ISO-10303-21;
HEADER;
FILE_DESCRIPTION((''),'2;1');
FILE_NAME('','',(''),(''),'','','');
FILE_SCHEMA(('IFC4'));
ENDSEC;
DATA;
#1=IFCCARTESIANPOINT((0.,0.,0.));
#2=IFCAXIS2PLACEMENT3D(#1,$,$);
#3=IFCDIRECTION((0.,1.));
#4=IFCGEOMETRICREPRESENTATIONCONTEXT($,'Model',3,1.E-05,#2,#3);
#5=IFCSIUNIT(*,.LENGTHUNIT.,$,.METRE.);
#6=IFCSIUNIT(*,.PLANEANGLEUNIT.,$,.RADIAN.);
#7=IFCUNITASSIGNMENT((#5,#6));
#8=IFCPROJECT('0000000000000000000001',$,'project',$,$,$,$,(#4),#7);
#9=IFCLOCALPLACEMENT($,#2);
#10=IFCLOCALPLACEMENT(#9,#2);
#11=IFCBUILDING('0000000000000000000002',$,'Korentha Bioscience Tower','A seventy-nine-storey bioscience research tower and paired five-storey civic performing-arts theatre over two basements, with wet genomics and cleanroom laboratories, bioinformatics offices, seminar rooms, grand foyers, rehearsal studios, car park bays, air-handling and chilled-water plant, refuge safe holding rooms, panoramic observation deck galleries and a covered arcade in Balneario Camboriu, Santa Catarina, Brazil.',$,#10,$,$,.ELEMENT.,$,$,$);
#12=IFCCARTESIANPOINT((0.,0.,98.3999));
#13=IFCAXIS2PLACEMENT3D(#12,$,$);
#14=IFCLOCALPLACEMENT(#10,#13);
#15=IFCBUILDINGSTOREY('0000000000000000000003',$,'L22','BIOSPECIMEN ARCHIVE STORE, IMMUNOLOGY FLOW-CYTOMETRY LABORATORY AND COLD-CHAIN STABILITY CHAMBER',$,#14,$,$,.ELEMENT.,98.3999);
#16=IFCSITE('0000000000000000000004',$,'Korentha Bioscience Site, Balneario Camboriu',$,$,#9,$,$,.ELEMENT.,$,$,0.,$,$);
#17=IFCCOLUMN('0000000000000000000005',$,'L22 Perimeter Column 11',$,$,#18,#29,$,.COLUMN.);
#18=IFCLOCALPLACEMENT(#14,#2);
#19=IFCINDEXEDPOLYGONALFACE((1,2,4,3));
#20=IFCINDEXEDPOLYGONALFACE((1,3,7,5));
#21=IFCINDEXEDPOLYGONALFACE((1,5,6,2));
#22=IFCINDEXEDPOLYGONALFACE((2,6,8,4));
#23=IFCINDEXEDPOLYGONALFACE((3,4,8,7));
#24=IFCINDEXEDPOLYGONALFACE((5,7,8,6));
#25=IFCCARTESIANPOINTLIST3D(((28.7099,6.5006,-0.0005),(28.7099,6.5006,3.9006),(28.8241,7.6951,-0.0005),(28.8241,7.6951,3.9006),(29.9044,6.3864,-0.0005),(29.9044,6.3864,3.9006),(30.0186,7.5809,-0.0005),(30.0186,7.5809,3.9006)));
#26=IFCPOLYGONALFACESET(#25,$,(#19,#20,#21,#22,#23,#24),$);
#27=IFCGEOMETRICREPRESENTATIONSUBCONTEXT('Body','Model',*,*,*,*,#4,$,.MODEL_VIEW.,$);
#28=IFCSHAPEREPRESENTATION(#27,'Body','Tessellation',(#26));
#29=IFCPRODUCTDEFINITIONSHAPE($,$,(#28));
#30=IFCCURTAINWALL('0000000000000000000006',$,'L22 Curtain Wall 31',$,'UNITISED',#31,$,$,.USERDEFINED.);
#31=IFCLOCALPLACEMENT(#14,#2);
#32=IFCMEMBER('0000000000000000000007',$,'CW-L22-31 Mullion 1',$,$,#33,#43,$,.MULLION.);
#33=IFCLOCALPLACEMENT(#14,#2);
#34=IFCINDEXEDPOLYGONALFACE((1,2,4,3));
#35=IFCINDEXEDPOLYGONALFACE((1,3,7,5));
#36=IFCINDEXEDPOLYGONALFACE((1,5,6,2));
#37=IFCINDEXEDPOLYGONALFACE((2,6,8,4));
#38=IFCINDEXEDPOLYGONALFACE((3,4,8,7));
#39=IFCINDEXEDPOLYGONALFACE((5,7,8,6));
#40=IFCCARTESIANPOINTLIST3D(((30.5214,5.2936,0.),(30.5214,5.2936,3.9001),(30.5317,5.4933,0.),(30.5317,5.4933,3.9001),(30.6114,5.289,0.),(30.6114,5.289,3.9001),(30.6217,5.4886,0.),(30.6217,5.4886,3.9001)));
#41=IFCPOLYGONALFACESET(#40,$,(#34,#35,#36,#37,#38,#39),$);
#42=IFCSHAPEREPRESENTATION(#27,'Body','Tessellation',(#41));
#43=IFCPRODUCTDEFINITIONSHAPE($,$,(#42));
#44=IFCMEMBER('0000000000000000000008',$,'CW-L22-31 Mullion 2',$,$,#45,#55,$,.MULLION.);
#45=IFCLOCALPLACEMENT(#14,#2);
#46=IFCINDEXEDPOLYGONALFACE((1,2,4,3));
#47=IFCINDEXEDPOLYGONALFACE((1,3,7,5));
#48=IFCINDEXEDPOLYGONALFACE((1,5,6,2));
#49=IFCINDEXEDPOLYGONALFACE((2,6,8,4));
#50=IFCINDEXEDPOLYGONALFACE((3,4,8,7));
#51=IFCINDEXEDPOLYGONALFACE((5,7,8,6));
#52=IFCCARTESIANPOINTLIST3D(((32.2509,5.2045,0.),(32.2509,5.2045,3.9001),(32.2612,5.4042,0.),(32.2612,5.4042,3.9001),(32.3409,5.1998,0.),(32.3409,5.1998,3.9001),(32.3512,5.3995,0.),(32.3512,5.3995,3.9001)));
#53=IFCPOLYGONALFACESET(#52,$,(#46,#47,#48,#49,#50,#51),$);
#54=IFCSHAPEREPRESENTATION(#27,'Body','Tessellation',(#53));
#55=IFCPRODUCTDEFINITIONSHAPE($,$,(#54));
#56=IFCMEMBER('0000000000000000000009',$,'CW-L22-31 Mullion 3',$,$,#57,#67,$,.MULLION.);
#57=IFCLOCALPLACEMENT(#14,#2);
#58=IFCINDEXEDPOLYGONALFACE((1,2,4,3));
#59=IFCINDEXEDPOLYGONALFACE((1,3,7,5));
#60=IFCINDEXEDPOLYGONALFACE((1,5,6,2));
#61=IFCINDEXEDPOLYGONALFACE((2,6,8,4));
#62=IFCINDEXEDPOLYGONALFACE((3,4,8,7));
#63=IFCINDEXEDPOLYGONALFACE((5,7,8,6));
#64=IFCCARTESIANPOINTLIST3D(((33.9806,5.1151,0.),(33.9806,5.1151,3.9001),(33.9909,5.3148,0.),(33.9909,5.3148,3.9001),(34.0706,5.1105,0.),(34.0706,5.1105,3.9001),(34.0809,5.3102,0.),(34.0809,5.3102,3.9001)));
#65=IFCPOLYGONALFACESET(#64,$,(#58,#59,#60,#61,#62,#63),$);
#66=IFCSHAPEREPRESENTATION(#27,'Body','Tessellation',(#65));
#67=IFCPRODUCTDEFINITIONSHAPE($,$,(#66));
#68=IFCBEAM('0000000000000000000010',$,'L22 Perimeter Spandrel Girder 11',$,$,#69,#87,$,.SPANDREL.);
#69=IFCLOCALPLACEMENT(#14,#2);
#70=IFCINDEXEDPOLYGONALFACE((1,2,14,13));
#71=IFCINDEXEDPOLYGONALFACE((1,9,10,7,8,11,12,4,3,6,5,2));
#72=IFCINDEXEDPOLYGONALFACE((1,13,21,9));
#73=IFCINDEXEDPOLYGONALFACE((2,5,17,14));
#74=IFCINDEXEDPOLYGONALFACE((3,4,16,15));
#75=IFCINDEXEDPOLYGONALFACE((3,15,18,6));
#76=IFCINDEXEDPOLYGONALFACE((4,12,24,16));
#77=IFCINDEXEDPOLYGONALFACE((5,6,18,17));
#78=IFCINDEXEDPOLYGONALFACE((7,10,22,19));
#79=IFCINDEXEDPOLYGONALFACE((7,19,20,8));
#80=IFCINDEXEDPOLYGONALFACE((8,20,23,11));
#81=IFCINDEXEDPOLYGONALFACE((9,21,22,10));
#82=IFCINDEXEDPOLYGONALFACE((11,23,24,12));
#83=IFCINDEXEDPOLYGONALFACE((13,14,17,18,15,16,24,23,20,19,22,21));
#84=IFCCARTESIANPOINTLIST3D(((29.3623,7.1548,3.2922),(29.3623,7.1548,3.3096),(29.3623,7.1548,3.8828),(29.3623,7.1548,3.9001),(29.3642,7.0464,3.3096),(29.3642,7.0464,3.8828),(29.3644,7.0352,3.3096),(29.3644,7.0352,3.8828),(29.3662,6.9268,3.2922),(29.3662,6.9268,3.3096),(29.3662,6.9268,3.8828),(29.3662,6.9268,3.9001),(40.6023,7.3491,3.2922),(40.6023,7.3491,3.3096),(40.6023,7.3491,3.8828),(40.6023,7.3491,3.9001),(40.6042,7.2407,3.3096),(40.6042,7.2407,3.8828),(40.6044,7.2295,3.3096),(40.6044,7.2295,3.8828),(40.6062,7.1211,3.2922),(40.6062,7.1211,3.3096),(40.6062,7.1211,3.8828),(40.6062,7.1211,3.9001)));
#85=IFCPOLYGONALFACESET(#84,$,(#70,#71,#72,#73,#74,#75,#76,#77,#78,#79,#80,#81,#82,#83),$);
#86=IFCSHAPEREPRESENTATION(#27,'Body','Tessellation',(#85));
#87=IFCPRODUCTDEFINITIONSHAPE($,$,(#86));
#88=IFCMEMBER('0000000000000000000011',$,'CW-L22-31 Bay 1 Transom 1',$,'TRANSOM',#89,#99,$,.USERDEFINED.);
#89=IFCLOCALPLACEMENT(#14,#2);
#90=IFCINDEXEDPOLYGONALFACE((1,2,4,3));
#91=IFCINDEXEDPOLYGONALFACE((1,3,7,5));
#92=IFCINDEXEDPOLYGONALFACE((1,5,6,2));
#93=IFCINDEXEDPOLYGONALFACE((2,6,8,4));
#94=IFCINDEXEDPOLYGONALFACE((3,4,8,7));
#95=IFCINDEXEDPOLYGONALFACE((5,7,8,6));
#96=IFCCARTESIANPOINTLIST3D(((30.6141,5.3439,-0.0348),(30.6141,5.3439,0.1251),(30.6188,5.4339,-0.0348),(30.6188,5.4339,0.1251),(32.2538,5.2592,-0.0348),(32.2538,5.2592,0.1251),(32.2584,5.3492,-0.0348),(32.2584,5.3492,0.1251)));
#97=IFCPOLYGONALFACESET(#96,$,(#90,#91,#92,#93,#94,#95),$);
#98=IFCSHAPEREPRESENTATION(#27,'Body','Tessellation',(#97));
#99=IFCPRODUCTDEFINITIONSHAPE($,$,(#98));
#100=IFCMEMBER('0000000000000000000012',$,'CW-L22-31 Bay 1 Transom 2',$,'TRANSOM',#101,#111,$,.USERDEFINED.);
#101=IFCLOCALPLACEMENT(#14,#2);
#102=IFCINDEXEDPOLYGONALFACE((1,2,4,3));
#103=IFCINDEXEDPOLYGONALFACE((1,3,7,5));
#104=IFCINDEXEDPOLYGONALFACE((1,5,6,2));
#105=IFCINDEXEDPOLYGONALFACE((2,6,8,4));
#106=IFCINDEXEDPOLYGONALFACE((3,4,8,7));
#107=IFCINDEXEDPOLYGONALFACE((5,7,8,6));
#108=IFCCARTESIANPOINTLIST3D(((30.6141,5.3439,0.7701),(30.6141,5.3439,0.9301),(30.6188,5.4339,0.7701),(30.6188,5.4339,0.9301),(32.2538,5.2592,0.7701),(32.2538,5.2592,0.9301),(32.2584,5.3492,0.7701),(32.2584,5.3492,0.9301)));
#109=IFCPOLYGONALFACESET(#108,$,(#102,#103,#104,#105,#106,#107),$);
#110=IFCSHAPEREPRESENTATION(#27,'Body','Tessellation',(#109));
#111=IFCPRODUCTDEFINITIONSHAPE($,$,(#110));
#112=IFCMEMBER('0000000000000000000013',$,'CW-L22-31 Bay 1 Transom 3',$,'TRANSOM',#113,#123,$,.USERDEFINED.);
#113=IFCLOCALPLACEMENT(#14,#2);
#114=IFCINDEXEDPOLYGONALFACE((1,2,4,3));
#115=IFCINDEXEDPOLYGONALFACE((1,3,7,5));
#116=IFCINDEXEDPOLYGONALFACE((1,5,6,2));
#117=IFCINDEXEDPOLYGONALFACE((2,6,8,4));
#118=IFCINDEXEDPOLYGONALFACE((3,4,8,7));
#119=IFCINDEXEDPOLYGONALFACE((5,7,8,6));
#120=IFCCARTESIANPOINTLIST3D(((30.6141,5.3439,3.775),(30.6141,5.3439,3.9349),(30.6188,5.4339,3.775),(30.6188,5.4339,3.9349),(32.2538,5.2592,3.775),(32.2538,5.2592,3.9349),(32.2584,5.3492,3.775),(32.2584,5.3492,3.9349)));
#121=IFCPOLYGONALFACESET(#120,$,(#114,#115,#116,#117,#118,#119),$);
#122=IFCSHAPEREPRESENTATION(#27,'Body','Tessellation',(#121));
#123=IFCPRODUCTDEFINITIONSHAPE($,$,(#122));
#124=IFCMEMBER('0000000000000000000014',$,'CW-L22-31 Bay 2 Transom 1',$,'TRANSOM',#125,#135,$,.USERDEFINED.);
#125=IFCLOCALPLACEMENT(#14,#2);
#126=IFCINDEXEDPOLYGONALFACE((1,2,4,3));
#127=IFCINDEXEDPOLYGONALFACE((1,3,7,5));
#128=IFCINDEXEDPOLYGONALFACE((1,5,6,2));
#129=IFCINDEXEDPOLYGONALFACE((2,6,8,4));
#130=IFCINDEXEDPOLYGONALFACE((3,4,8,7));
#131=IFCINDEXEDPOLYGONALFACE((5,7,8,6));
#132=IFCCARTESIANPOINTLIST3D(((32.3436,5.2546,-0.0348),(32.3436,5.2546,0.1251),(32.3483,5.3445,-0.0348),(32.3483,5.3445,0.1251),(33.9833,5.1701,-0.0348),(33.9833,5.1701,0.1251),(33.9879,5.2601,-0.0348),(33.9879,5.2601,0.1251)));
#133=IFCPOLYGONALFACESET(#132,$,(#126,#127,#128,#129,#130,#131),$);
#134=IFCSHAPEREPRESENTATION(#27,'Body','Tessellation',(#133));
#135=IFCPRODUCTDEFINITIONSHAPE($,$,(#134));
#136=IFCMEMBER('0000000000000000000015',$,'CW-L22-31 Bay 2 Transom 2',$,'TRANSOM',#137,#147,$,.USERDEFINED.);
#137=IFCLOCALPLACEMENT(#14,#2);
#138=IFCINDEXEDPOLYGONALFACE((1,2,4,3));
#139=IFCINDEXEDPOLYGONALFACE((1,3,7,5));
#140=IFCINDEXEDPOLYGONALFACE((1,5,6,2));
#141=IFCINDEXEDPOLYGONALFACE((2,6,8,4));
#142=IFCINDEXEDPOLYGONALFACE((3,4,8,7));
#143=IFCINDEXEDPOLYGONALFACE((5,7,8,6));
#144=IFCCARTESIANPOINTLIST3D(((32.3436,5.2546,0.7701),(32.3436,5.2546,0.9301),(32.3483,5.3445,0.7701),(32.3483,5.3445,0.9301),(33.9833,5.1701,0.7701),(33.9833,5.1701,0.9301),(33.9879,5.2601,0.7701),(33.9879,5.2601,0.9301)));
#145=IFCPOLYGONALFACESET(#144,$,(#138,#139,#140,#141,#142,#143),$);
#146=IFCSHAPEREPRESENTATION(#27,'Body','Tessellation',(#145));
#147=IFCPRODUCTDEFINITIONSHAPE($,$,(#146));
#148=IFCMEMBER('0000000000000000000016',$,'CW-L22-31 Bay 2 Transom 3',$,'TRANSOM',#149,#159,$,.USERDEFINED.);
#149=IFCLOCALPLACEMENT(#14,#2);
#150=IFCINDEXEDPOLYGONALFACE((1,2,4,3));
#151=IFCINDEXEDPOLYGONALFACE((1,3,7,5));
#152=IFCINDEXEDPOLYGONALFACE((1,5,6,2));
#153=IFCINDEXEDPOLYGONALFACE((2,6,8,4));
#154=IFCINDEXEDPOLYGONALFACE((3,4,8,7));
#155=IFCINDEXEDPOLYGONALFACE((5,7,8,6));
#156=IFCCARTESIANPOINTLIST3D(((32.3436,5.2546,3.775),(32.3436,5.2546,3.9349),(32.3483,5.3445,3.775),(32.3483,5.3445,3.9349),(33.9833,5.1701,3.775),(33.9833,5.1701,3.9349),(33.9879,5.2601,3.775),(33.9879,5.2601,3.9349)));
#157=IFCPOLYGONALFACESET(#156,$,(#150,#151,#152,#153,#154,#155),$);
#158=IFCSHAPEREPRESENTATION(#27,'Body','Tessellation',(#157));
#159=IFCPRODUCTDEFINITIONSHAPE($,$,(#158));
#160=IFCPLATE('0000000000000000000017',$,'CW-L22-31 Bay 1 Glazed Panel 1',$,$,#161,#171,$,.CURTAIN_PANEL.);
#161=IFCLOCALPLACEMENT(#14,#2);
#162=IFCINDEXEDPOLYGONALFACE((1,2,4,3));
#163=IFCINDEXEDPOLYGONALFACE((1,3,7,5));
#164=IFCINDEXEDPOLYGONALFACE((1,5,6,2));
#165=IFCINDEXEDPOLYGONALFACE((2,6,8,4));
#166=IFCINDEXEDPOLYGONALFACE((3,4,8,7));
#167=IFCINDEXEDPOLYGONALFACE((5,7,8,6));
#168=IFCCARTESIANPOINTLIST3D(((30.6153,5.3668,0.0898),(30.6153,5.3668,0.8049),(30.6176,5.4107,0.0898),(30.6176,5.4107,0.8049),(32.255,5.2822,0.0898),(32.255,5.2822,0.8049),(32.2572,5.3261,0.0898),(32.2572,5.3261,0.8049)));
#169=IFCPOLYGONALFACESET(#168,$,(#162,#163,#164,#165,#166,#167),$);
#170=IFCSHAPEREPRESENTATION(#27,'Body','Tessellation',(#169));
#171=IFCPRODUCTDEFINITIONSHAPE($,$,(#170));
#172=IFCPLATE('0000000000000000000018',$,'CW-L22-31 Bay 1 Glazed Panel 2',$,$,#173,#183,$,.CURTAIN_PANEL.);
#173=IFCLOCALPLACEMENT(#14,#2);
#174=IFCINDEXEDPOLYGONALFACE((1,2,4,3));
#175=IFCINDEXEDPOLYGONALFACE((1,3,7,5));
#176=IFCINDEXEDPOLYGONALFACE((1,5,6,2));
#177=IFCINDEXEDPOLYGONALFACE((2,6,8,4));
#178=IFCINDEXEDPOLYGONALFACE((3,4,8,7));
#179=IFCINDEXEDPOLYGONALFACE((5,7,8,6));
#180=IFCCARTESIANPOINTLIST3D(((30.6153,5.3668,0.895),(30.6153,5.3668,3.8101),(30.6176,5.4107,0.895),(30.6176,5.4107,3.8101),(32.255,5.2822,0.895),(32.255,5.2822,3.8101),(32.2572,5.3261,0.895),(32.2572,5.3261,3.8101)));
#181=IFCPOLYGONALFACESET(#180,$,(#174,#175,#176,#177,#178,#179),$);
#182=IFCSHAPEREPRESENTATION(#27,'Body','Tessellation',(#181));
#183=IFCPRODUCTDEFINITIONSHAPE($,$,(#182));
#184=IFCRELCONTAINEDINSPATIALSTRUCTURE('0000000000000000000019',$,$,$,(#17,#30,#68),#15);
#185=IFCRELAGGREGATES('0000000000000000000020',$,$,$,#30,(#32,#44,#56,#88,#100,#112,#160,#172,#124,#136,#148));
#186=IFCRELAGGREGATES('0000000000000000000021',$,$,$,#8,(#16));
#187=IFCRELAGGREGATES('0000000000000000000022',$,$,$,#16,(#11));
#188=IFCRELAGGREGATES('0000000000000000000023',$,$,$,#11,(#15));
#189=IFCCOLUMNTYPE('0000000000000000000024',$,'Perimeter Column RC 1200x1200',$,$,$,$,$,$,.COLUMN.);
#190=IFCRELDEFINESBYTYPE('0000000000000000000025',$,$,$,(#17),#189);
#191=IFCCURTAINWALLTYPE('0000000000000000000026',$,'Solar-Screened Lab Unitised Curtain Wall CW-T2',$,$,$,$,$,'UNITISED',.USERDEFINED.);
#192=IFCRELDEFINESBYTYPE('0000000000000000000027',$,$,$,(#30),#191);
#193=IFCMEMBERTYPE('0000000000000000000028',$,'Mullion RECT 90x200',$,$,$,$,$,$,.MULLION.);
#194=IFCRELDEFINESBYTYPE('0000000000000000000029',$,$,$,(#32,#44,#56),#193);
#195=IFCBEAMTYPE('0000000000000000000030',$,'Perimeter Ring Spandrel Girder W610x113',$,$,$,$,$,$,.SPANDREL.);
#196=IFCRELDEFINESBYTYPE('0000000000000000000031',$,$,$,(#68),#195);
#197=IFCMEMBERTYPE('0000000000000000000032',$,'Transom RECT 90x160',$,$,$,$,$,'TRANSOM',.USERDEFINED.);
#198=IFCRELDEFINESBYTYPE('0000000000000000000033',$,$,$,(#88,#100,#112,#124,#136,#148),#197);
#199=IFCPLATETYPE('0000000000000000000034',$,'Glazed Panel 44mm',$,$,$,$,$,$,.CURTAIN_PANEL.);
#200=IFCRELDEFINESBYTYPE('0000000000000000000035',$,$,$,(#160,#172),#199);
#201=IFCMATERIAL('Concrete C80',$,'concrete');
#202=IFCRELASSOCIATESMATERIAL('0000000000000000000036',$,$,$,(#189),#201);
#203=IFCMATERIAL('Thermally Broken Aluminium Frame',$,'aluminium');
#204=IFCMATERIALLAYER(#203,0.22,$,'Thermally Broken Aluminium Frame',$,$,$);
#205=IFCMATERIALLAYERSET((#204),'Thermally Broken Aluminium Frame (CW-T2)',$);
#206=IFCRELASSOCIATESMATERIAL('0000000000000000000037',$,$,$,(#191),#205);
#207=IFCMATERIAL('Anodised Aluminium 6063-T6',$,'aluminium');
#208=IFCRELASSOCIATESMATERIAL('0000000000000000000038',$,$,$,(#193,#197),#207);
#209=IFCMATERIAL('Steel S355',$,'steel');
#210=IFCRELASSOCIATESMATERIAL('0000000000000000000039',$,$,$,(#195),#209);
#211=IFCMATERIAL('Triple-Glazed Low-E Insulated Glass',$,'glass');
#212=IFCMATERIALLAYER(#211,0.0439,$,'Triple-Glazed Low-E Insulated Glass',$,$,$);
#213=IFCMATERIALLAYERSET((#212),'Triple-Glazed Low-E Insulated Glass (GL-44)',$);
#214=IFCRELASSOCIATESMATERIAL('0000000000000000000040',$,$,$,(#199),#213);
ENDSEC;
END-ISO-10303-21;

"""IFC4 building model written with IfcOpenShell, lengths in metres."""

from ifc_helpers import new_model, si_unit, direction, frame, origin, origin_2d, place, context, subcontext, project, spatial, rectangle, i_section, extrude, material, layer, layer_set, material_profile, profile_set, type_object, element, aggregate, save


model = new_model("IFC4")

# Units and contexts
model_context = context("Model", 3, precision=1e-05, world=origin(), true_north=direction((0.0, 1.0)))
body_context = subcontext(model_context, "Body", "Model", "MODEL_VIEW")
ifc_project = project(units=[si_unit("LENGTHUNIT", "METRE"), si_unit("PLANEANGLEUNIT", "RADIAN")], contexts=[model_context])

# Site, building, storey
site_placement = place(None, origin())
site = spatial("IfcSite", under=ifc_project, at=site_placement, Name="Korentha Bioscience Site, Balneario Camboriu", CompositionType="ELEMENT", RefElevation=0.0)
building_placement = place(site_placement, origin())
building = spatial("IfcBuilding", under=site, at=building_placement, Name="Korentha Bioscience Tower", Description="A seventy-nine-storey bioscience research tower and paired five-storey civic performing-arts theatre over two basements, with wet genomics and cleanroom laboratories, bioinformatics offices, seminar rooms, grand foyers, rehearsal studios, car park bays, air-handling and chilled-water plant, refuge safe holding rooms, panoramic observation deck galleries and a covered arcade in Balneario Camboriu, Santa Catarina, Brazil.", CompositionType="ELEMENT")
storey_placement = place(building_placement, frame((0.0, 0.0, 98.3999)))
storey = spatial("IfcBuildingStorey", under=building, at=storey_placement, Name="L22", Description="BIOSPECIMEN ARCHIVE STORE, IMMUNOLOGY FLOW-CYTOMETRY LABORATORY AND COLD-CHAIN STABILITY CHAMBER", CompositionType="ELEMENT", Elevation=98.3999)

# Column
ifc_material_1 = material(Name="Concrete C80", Category="concrete")
ifc_material_profile_1 = material_profile(ifc_material_1, rectangle(XDim=1.2, YDim=1.2, at=origin_2d()), Name="Concrete C80")
ifc_profile_set_1 = profile_set([ifc_material_profile_1], Name="Concrete C80 (COL-P12)")
column_type = type_object("IfcColumnType", Name="Perimeter Column RC 1200x1200", PredefinedType="COLUMN", material=ifc_profile_set_1)
column_placement = place(storey_placement, frame((29.3643, 7.0408, -0.0005), z_axis=(0.0, 0.0, 1.0), x_axis=(-0.995463, 0.095151, 0.0)))
element("IfcColumn", 1, at=column_placement, inside=storey, type_object=column_type, Name="L22 Perimeter Column 11", PredefinedType="COLUMN", context=body_context, shape_type="SweptSolid", body=[
    extrude(rectangle(XDim=1.2, YDim=1.2, at=origin_2d()), origin(), (0.0, 0.0, 1.0), 3.9011),
])

# Curtain wall, members
ifc_material_2 = material(Name="Thermally Broken Aluminium Frame", Category="aluminium")
ifc_layer_1 = layer(ifc_material_2, 0.22, Name="Thermally Broken Aluminium Frame")
ifc_layer_set_1 = layer_set([ifc_layer_1], Name="Thermally Broken Aluminium Frame (CW-T2)")
curtain_wall_type = type_object("IfcCurtainWallType", Name="Solar-Screened Lab Unitised Curtain Wall CW-T2", ElementType="UNITISED", PredefinedType="USERDEFINED", material=ifc_layer_set_1)
curtain_wall_placement = place(storey_placement, origin())
curtain_wall = element("IfcCurtainWall", 2, at=curtain_wall_placement, inside=storey, type_object=curtain_wall_type, Name="L22 Curtain Wall 31", ObjectType="UNITISED", PredefinedType="USERDEFINED")
ifc_material_3 = material(Name="Anodised Aluminium 6063-T6", Category="aluminium")
ifc_material_profile_2 = material_profile(ifc_material_3, rectangle(XDim=0.0901, YDim=0.2, at=origin_2d()), Name="Anodised Aluminium 6063-T6")
ifc_profile_set_2 = profile_set([ifc_material_profile_2], Name="Anodised Aluminium 6063-T6 (CW-MUL)")
member_type_1 = type_object("IfcMemberType", Name="Mullion RECT 90x200", PredefinedType="MULLION", material=ifc_profile_set_2)
member_1_placement = place(storey_placement, frame((30.5715, 5.3911, 0.0), z_axis=(0.0, 0.0, 1.0), x_axis=(0.998673, -0.051495, 0.0)))
member_1 = element("IfcMember", 3, at=member_1_placement, type_object=member_type_1, Name="CW-L22-31 Mullion 1", PredefinedType="MULLION", context=body_context, shape_type="SweptSolid", body=[
    extrude(rectangle(XDim=0.0901, YDim=0.2, at=origin_2d()), origin(), (0.0, 0.0, 1.0), 3.9001),
])
member_2_placement = place(storey_placement, frame((32.301, 5.302, 0.0), z_axis=(0.0, 0.0, 1.0), x_axis=(0.998673, -0.051495, 0.0)))
member_2 = element("IfcMember", 4, at=member_2_placement, type_object=member_type_1, Name="CW-L22-31 Mullion 2", PredefinedType="MULLION", context=body_context, shape_type="SweptSolid", body=[
    extrude(rectangle(XDim=0.0901, YDim=0.2, at=origin_2d()), origin(), (0.0, 0.0, 1.0), 3.9001),
])
member_3_placement = place(storey_placement, frame((34.0308, 5.2126, 0.0), z_axis=(0.0, 0.0, 1.0), x_axis=(0.998673, -0.051495, 0.0)))
member_3 = element("IfcMember", 5, at=member_3_placement, type_object=member_type_1, Name="CW-L22-31 Mullion 3", PredefinedType="MULLION", context=body_context, shape_type="SweptSolid", body=[
    extrude(rectangle(XDim=0.0901, YDim=0.2, at=origin_2d()), origin(), (0.0, 0.0, 1.0), 3.9001),
])

# Beam
ifc_material_4 = material(Name="Steel S355", Category="steel")
ifc_material_profile_3 = material_profile(ifc_material_4, i_section(OverallWidth=0.228, OverallDepth=0.6079, WebThickness=0.0112, FlangeThickness=0.0173, at=origin_2d()), Name="Steel S355")
ifc_profile_set_3 = profile_set([ifc_material_profile_3], Name="Steel S355 (SB-610)")
beam_type = type_object("IfcBeamType", Name="Perimeter Ring Spandrel Girder W610x113", PredefinedType="SPANDREL", material=ifc_profile_set_3)
beam_placement = place(storey_placement, frame((29.3643, 7.0408, 3.5962), z_axis=(0.999851, 0.017287, 0.0), x_axis=(-0.017287, 0.999851, 0.0)))
element("IfcBeam", 6, at=beam_placement, inside=storey, type_object=beam_type, Name="L22 Perimeter Spandrel Girder 11", PredefinedType="SPANDREL", context=body_context, shape_type="SweptSolid", body=[
    extrude(i_section(OverallWidth=0.228, OverallDepth=0.6079, WebThickness=0.0112, FlangeThickness=0.0173, at=origin_2d()), origin(), (0.0, 0.0, 1.0), 11.2417),
])

# Members
ifc_material_profile_4 = material_profile(ifc_material_3, rectangle(XDim=0.0901, YDim=0.1599, at=origin_2d()), Name="Anodised Aluminium 6063-T6")
ifc_profile_set_4 = profile_set([ifc_material_profile_4], Name="Anodised Aluminium 6063-T6 (CW-TRN)")
member_type_2 = type_object("IfcMemberType", Name="Transom RECT 90x160", ElementType="TRANSOM", PredefinedType="USERDEFINED", material=ifc_profile_set_4)
member_4_placement = place(storey_placement, frame((30.6165, 5.3889, 0.0452), z_axis=(0.998668, -0.051599, 0.0), x_axis=(0.051599, 0.998668, 0.0)))
member_4 = element("IfcMember", 7, at=member_4_placement, type_object=member_type_2, Name="CW-L22-31 Bay 1 Transom 1", ObjectType="TRANSOM", PredefinedType="USERDEFINED", context=body_context, shape_type="SweptSolid", body=[
    extrude(rectangle(XDim=0.0901, YDim=0.1599, at=origin_2d()), origin(), (0.0, 0.0, 1.0), 1.6418),
])
member_5_placement = place(storey_placement, frame((30.6165, 5.3889, 0.8501), z_axis=(0.998668, -0.051599, 0.0), x_axis=(0.051599, 0.998668, 0.0)))
member_5 = element("IfcMember", 8, at=member_5_placement, type_object=member_type_2, Name="CW-L22-31 Bay 1 Transom 2", ObjectType="TRANSOM", PredefinedType="USERDEFINED", context=body_context, shape_type="SweptSolid", body=[
    extrude(rectangle(XDim=0.0901, YDim=0.1599, at=origin_2d()), origin(), (0.0, 0.0, 1.0), 1.6418),
])
member_6_placement = place(storey_placement, frame((30.6165, 5.3889, 3.855), z_axis=(0.998668, -0.051599, 0.0), x_axis=(0.051599, 0.998668, 0.0)))
member_6 = element("IfcMember", 9, at=member_6_placement, type_object=member_type_2, Name="CW-L22-31 Bay 1 Transom 3", ObjectType="TRANSOM", PredefinedType="USERDEFINED", context=body_context, shape_type="SweptSolid", body=[
    extrude(rectangle(XDim=0.0901, YDim=0.1599, at=origin_2d()), origin(), (0.0, 0.0, 1.0), 1.6418),
])
member_7_placement = place(storey_placement, frame((32.3459, 5.2996, 0.0452), z_axis=(0.998676, -0.051451, 0.0), x_axis=(0.051451, 0.998676, 0.0)))
member_7 = element("IfcMember", 10, at=member_7_placement, type_object=member_type_2, Name="CW-L22-31 Bay 2 Transom 1", ObjectType="TRANSOM", PredefinedType="USERDEFINED", context=body_context, shape_type="SweptSolid", body=[
    extrude(rectangle(XDim=0.0901, YDim=0.1599, at=origin_2d()), origin(), (0.0, 0.0, 1.0), 1.6418),
])
member_8_placement = place(storey_placement, frame((32.3459, 5.2996, 0.8501), z_axis=(0.998676, -0.051451, 0.0), x_axis=(0.051451, 0.998676, 0.0)))
member_8 = element("IfcMember", 11, at=member_8_placement, type_object=member_type_2, Name="CW-L22-31 Bay 2 Transom 2", ObjectType="TRANSOM", PredefinedType="USERDEFINED", context=body_context, shape_type="SweptSolid", body=[
    extrude(rectangle(XDim=0.0901, YDim=0.1599, at=origin_2d()), origin(), (0.0, 0.0, 1.0), 1.6418),
])
member_9_placement = place(storey_placement, frame((32.3459, 5.2996, 3.855), z_axis=(0.998676, -0.051451, 0.0), x_axis=(0.051451, 0.998676, 0.0)))
member_9 = element("IfcMember", 12, at=member_9_placement, type_object=member_type_2, Name="CW-L22-31 Bay 2 Transom 3", ObjectType="TRANSOM", PredefinedType="USERDEFINED", context=body_context, shape_type="SweptSolid", body=[
    extrude(rectangle(XDim=0.0901, YDim=0.1599, at=origin_2d()), origin(), (0.0, 0.0, 1.0), 1.6418),
])

# Plates
ifc_material_5 = material(Name="Triple-Glazed Low-E Insulated Glass", Category="glass")
ifc_layer_2 = layer(ifc_material_5, 0.0439, Name="Triple-Glazed Low-E Insulated Glass")
ifc_layer_set_2 = layer_set([ifc_layer_2], Name="Triple-Glazed Low-E Insulated Glass (GL-44)")
plate_type = type_object("IfcPlateType", Name="Glazed Panel 44mm", PredefinedType="CURTAIN_PANEL", material=ifc_layer_set_2)
plate_1_placement = place(storey_placement, frame((31.4363, 5.3464, 0.0898), z_axis=(0.0, 0.0, 1.0), x_axis=(0.998673, -0.051495, 0.0)))
plate_1 = element("IfcPlate", 13, at=plate_1_placement, type_object=plate_type, Name="CW-L22-31 Bay 1 Glazed Panel 1", PredefinedType="CURTAIN_PANEL", context=body_context, shape_type="SweptSolid", body=[
    extrude(rectangle(XDim=1.6418, YDim=0.0439, at=origin_2d()), origin(), (0.0, 0.0, 1.0), 0.7151),
])
plate_2_placement = place(storey_placement, frame((31.4363, 5.3464, 0.895), z_axis=(0.0, 0.0, 1.0), x_axis=(0.998673, -0.051495, 0.0)))
plate_2 = element("IfcPlate", 14, at=plate_2_placement, type_object=plate_type, Name="CW-L22-31 Bay 1 Glazed Panel 2", PredefinedType="CURTAIN_PANEL", context=body_context, shape_type="SweptSolid", body=[
    extrude(rectangle(XDim=1.6418, YDim=0.0439, at=origin_2d()), origin(), (0.0, 0.0, 1.0), 2.915),
])
aggregate(curtain_wall, [member_1, member_2, member_3, member_4, member_5, member_6, plate_1, plate_2, member_7, member_8, member_9])

save(model, "model.ifc")
